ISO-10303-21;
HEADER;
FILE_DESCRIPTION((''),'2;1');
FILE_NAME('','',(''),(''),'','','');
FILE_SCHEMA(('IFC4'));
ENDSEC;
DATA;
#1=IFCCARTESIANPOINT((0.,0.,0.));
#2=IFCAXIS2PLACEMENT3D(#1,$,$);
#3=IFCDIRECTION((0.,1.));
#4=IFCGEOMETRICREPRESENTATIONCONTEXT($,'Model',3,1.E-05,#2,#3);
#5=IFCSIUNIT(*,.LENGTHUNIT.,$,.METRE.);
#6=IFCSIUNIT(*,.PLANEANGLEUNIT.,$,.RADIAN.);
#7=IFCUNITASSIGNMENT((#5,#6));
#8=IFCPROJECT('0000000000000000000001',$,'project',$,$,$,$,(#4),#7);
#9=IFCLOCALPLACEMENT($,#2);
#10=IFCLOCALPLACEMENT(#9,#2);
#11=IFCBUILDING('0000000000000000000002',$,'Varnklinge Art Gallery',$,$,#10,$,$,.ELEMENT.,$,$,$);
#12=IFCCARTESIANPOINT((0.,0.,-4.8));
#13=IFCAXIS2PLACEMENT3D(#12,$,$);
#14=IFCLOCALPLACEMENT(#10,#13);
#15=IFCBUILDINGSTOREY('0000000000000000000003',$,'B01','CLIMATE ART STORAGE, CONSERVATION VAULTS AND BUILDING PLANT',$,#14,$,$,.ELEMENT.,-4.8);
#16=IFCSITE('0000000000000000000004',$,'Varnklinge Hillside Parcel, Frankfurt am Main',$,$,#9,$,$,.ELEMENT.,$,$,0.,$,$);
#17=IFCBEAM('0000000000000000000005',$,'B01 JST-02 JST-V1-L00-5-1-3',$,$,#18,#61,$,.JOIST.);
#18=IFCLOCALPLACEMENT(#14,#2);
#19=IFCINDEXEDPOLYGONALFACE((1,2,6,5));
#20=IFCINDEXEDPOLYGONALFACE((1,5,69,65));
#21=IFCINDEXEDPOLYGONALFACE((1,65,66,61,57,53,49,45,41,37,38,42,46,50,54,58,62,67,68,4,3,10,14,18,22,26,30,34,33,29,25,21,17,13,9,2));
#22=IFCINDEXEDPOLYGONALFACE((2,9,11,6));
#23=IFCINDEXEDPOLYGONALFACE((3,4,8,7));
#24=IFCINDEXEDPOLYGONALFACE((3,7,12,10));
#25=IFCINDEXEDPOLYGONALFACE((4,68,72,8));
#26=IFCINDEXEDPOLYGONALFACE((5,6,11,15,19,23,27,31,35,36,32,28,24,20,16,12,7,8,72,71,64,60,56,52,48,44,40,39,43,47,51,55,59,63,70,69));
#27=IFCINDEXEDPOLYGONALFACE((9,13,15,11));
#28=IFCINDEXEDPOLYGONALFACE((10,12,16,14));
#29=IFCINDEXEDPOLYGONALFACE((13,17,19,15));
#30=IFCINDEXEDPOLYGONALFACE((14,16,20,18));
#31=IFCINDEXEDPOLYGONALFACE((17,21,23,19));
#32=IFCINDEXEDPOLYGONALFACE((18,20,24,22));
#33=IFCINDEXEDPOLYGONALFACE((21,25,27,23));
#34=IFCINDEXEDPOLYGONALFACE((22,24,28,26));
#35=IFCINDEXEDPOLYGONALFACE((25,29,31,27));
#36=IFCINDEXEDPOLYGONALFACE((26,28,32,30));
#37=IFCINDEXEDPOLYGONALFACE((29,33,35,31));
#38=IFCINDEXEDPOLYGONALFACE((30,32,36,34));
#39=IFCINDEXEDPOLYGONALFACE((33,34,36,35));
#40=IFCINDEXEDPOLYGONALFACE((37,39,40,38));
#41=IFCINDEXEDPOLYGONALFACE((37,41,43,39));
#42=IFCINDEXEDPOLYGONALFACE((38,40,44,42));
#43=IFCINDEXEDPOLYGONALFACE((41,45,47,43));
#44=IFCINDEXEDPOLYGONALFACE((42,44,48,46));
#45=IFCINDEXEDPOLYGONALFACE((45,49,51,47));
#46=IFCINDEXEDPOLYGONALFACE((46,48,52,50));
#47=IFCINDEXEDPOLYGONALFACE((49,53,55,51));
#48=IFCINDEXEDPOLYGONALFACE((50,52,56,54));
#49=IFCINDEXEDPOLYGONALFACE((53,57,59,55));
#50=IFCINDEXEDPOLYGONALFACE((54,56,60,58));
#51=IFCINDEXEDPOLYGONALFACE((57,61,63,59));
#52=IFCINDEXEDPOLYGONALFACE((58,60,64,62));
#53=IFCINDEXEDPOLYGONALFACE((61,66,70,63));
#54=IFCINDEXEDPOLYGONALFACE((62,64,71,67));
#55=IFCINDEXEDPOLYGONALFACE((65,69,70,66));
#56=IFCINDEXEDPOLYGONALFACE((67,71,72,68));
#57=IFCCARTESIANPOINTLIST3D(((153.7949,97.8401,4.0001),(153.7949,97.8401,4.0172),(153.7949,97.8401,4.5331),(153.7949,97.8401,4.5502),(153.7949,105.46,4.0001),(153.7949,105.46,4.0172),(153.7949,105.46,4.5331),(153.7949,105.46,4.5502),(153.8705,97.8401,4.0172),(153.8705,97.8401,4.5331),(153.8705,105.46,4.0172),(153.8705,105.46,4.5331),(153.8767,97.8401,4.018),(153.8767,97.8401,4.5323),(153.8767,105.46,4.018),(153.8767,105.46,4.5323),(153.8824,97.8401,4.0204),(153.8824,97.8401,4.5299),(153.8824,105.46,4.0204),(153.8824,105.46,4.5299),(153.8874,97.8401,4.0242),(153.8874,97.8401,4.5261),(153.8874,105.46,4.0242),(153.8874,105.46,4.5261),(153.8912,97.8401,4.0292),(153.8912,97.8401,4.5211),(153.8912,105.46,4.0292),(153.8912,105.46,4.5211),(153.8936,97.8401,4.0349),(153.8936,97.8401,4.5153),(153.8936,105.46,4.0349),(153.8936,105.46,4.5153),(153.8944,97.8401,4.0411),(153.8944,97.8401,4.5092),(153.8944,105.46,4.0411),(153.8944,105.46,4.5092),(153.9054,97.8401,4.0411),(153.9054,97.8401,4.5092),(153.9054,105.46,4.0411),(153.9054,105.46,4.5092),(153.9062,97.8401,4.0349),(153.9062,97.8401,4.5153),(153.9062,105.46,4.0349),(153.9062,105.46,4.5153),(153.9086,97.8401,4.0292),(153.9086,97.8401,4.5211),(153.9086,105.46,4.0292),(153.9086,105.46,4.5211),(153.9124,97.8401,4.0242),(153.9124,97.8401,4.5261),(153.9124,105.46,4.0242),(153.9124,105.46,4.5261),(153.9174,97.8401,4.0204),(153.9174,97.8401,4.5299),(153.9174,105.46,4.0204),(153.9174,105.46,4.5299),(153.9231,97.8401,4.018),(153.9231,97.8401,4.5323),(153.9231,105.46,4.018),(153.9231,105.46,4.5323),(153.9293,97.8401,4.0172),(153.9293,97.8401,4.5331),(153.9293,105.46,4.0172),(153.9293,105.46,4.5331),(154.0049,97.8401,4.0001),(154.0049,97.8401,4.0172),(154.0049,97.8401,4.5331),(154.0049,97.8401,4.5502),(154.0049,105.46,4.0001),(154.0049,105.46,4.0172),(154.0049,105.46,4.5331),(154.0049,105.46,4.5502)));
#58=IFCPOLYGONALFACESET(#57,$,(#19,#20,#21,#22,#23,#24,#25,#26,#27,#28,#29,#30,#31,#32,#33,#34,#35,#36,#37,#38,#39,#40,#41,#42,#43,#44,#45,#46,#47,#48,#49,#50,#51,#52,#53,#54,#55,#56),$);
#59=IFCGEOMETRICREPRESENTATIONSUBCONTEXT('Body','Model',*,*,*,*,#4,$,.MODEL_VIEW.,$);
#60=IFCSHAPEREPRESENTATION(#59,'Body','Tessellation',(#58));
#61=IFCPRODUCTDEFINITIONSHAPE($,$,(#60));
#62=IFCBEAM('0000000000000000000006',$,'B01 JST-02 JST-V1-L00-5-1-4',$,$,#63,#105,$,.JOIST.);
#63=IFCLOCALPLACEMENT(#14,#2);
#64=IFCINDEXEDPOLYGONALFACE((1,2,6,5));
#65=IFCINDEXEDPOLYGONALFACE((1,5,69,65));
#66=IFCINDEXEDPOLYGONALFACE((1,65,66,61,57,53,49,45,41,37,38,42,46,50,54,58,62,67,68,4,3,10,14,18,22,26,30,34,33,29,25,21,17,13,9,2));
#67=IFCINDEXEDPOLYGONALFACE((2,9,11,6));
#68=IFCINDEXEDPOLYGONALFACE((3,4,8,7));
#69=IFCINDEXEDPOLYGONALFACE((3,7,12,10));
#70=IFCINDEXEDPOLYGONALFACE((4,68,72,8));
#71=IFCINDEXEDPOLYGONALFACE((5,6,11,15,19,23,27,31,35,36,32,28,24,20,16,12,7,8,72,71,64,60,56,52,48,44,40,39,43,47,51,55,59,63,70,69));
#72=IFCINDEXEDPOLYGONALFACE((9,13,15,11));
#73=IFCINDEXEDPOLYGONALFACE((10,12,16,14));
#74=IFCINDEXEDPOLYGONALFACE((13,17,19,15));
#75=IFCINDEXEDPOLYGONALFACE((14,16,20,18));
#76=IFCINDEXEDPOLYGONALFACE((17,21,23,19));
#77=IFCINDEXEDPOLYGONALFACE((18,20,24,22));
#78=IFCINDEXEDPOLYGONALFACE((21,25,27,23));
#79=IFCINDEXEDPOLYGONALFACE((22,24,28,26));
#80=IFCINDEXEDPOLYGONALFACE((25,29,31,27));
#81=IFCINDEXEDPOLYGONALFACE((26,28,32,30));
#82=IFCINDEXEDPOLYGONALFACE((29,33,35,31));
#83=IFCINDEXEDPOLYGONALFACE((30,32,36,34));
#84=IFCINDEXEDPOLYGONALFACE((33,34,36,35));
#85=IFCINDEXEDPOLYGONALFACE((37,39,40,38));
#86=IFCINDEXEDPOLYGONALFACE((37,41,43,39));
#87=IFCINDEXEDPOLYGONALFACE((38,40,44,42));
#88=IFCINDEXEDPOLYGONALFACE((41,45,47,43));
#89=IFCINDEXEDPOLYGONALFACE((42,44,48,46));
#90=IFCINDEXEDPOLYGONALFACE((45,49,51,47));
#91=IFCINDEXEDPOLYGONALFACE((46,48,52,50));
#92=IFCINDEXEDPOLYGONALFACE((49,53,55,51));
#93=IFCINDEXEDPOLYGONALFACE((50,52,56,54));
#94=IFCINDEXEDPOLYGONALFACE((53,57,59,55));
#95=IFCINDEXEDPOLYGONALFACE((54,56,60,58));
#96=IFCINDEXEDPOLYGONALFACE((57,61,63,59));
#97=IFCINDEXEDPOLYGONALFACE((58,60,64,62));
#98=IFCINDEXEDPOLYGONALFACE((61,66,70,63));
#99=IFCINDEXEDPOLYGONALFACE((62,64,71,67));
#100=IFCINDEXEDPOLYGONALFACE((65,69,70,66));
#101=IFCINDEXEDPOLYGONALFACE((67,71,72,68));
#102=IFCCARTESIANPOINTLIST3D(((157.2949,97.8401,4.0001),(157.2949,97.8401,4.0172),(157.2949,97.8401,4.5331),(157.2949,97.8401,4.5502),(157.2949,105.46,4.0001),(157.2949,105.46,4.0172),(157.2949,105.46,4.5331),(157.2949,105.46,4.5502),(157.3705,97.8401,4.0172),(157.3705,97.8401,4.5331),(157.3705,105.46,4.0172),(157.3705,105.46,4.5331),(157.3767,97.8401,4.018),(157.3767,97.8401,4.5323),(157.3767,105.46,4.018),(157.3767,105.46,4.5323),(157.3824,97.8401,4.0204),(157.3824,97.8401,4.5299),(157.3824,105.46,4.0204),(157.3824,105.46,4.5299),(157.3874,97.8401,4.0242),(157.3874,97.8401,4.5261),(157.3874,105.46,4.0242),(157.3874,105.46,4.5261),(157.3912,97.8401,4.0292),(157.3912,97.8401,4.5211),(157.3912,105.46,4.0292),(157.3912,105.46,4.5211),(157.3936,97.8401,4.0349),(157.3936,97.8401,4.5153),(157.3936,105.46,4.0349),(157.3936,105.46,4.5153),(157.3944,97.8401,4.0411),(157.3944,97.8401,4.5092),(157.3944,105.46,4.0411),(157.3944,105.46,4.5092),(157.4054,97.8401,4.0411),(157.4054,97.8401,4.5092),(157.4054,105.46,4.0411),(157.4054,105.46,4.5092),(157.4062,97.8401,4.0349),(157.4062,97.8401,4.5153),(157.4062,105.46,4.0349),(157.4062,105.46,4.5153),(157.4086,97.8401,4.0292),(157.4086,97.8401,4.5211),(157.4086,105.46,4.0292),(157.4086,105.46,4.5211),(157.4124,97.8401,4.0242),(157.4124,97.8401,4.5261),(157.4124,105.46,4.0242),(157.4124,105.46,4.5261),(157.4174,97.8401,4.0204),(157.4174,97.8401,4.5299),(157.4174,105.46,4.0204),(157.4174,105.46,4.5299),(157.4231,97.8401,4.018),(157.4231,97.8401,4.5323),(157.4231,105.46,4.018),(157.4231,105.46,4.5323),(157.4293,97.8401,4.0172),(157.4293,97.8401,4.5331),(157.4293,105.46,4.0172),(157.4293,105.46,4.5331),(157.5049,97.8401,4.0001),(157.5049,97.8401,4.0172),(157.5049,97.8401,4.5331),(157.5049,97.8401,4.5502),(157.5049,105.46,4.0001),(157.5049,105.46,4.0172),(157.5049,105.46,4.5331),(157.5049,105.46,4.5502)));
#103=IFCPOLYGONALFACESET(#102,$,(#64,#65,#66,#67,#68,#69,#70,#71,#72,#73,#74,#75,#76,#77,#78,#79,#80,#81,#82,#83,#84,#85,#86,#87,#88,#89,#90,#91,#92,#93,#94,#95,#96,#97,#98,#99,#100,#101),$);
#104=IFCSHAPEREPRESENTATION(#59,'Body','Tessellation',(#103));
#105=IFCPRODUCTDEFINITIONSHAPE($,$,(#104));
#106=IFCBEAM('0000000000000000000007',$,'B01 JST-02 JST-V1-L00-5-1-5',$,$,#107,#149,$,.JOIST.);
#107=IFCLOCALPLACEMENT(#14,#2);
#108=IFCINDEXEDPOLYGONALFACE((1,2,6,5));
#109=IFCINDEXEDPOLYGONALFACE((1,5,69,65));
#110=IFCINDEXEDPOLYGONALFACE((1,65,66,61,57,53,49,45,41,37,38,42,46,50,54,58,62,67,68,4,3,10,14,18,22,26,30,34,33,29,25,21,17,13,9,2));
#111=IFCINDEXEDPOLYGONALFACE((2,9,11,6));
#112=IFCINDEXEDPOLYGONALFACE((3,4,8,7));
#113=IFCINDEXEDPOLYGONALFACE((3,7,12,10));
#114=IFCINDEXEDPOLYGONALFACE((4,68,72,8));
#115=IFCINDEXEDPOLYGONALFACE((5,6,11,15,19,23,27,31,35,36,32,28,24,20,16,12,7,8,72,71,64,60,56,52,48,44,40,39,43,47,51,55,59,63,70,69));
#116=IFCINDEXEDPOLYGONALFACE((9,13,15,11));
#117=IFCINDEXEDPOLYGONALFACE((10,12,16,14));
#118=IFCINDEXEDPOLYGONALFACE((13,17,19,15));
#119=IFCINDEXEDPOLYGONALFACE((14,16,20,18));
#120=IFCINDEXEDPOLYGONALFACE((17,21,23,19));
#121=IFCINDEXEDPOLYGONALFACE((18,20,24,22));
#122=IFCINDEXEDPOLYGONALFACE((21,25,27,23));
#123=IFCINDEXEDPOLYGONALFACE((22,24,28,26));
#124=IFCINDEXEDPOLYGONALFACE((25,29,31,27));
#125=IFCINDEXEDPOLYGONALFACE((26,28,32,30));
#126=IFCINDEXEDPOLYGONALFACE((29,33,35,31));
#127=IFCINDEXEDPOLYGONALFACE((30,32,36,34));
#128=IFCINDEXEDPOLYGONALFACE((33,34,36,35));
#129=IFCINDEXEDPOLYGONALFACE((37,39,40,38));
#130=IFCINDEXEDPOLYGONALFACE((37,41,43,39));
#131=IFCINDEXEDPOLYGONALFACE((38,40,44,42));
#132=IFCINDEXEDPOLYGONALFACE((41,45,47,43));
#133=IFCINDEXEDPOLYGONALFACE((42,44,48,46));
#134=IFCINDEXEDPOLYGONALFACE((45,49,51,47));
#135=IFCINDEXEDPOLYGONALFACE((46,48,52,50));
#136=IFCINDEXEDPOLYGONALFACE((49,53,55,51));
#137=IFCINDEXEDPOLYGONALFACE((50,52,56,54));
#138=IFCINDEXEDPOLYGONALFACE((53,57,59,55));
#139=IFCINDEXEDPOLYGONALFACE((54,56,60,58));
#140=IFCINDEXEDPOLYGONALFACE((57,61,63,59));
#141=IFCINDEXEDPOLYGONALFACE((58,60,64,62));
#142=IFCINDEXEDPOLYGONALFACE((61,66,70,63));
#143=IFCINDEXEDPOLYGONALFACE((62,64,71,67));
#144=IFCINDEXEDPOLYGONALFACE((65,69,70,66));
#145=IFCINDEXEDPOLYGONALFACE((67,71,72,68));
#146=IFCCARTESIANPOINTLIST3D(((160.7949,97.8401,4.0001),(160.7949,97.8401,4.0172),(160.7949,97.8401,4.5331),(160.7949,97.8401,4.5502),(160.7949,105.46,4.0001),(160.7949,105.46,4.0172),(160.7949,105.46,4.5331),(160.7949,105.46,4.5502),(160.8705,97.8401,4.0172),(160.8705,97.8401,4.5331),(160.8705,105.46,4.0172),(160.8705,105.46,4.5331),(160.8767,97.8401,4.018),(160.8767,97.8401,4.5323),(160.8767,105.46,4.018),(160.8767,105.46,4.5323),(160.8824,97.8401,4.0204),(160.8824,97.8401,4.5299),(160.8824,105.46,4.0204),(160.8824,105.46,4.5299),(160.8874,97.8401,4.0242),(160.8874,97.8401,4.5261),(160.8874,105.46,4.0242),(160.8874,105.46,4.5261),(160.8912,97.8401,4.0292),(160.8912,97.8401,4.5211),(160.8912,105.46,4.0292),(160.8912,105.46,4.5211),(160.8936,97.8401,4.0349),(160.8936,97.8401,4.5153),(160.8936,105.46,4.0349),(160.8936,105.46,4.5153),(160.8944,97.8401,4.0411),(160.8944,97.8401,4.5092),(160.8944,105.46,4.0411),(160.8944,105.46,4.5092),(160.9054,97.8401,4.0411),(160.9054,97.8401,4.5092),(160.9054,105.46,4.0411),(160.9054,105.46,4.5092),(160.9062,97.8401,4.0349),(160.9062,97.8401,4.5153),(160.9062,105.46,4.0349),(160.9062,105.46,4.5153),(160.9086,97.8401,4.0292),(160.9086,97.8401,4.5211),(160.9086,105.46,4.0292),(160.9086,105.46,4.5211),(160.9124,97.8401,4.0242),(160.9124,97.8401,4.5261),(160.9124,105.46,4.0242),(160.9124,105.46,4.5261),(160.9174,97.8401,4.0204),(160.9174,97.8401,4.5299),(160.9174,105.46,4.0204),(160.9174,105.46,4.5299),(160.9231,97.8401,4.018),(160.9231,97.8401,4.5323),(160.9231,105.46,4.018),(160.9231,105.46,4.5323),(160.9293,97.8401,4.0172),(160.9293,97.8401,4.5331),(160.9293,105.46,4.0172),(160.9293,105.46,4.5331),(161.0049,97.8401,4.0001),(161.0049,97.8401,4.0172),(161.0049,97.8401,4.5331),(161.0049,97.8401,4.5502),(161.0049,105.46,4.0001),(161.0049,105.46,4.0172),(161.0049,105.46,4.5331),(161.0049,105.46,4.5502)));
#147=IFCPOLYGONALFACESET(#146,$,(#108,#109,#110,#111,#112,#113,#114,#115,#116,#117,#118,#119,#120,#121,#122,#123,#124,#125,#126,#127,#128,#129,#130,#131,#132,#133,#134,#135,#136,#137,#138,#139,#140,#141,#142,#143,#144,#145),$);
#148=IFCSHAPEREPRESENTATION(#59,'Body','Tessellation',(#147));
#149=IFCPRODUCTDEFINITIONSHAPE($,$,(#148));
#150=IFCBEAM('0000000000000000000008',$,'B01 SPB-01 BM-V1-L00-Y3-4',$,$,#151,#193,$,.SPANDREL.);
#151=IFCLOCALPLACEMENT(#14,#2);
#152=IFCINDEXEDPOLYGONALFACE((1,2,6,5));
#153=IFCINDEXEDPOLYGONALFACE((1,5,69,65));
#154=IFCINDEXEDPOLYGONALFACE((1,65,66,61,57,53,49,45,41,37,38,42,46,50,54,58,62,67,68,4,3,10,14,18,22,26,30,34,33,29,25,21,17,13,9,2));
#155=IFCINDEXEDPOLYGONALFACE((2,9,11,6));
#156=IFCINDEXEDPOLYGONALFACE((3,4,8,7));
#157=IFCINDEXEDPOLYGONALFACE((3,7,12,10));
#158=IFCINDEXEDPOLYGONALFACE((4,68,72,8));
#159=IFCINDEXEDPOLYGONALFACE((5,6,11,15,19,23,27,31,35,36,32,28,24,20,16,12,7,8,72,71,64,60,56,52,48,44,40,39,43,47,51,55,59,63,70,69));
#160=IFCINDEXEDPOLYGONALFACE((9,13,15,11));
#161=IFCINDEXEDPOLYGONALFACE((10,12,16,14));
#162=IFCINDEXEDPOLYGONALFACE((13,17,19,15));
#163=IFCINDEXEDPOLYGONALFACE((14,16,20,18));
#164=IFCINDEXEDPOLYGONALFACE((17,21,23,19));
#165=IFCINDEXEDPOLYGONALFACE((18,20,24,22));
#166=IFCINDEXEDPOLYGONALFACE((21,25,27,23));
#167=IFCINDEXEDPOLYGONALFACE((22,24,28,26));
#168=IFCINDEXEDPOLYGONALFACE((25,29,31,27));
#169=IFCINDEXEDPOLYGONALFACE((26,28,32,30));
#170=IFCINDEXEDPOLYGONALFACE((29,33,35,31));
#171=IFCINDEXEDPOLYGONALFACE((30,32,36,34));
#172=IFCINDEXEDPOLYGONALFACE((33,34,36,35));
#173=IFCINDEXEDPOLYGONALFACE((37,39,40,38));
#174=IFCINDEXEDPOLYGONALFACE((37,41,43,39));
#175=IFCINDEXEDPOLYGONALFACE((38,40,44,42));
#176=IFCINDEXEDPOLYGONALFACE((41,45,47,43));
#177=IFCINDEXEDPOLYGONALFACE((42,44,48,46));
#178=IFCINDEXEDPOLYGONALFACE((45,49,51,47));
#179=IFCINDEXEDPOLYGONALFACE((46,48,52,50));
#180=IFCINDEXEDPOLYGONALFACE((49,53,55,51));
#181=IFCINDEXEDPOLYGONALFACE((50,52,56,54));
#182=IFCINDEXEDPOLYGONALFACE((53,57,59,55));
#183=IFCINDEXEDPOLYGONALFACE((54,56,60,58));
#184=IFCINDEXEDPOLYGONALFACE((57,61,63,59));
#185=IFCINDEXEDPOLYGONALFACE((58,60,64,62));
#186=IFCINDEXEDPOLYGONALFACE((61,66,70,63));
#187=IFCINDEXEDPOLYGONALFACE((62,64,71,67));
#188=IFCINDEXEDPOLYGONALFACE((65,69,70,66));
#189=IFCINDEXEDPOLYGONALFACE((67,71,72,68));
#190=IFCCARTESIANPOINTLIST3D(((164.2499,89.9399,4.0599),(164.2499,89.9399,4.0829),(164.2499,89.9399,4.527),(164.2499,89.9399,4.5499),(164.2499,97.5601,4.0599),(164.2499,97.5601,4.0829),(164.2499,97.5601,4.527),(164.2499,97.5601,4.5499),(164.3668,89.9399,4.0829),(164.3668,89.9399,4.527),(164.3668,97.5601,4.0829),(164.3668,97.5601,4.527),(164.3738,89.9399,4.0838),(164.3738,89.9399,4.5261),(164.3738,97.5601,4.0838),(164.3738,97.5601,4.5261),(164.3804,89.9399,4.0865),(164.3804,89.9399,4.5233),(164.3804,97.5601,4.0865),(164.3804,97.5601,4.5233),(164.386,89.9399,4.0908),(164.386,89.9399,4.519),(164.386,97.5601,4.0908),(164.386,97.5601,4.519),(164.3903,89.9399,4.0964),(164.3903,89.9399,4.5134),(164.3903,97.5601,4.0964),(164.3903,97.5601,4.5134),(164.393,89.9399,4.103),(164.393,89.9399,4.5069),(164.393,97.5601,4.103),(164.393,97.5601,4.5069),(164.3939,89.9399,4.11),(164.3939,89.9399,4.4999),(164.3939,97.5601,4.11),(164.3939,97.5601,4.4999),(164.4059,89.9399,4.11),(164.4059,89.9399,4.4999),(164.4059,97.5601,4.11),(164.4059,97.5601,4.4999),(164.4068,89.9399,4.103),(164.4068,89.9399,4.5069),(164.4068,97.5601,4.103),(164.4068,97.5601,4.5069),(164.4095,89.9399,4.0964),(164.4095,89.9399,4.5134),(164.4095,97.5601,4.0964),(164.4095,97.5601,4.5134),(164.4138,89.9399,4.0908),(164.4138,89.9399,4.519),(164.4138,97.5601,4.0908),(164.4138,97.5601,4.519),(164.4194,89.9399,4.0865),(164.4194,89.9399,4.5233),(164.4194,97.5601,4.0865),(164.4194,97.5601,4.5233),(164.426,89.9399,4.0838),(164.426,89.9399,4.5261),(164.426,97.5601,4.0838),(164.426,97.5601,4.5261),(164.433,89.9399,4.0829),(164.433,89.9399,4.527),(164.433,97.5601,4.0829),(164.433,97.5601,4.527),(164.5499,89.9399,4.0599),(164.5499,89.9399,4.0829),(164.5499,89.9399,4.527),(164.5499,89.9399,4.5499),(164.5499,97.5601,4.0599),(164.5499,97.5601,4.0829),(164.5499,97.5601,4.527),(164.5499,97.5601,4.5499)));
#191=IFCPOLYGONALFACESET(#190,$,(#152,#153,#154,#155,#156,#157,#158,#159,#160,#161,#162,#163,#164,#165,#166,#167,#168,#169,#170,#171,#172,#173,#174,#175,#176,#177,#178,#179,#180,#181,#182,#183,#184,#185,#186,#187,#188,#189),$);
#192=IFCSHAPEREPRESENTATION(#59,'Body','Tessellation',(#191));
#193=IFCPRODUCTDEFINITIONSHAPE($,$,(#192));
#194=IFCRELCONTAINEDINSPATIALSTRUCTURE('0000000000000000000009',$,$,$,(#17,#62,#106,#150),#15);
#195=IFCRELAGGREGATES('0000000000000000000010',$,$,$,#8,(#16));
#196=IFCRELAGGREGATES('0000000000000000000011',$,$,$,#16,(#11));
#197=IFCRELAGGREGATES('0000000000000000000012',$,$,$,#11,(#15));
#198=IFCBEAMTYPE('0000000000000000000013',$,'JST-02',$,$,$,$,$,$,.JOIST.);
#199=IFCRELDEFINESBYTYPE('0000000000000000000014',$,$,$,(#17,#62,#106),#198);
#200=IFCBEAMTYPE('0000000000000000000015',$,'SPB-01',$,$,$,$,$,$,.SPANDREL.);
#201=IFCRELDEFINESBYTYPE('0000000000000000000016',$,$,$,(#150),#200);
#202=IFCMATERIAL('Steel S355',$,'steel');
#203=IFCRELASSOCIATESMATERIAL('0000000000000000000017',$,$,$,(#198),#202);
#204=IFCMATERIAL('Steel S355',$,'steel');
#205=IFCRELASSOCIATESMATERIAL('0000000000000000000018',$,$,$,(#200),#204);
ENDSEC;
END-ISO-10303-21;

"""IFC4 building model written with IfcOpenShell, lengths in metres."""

from ifc_helpers import new_model, si_unit, direction, frame, origin, origin_2d, place, context, subcontext, project, spatial, i_section, extrude, material, material_profile, profile_set, type_object, element, save


model = new_model("IFC4")

# Units and contexts
model_context = context("Model", 3, precision=1e-05, world=origin(), true_north=direction((0.0, 1.0)))
body_context = subcontext(model_context, "Body", "Model", "MODEL_VIEW")
ifc_project = project(units=[si_unit("LENGTHUNIT", "METRE"), si_unit("PLANEANGLEUNIT", "RADIAN")], contexts=[model_context])

# Site, building, storey
site_placement = place(None, origin())
site = spatial("IfcSite", under=ifc_project, at=site_placement, Name="Varnklinge Hillside Parcel, Frankfurt am Main", CompositionType="ELEMENT", RefElevation=0.0)
building_placement = place(site_placement, origin())
building = spatial("IfcBuilding", under=site, at=building_placement, Name="Varnklinge Art Gallery", CompositionType="ELEMENT")
storey_placement = place(building_placement, frame((0.0, 0.0, -4.8)))
storey = spatial("IfcBuildingStorey", under=building, at=storey_placement, Name="B01", Description="CLIMATE ART STORAGE, CONSERVATION VAULTS AND BUILDING PLANT", CompositionType="ELEMENT", Elevation=-4.8)

# Beams
ifc_material_1 = material(Name="Steel S355", Category="steel")
ifc_material_profile_1 = material_profile(ifc_material_1, i_section(OverallWidth=0.21, OverallDepth=0.55, WebThickness=0.011, FlangeThickness=0.0171, FilletRadius=0.0239, at=origin_2d()), Name="IPE 550")
ifc_profile_set_1 = profile_set([ifc_material_profile_1], Name="Steel S355")
beam_type_1 = type_object("IfcBeamType", Name="JST-02", PredefinedType="JOIST", material=ifc_profile_set_1)
for number, where, z_axis, x_axis, name in (
    (1, (153.8999, 97.8401, 4.2751), (0.0, 1.0, 0.0), (-1.0, 0.0, 0.0), "B01 JST-02 JST-V1-L00-5-1-3"),
    (2, (157.3999, 97.8401, 4.2751), (0.0, 1.0, 0.0), (-1.0, 0.0, 0.0), "B01 JST-02 JST-V1-L00-5-1-4"),
    (3, (160.8999, 97.8401, 4.2751), (0.0, 1.0, 0.0), (-1.0, 0.0, 0.0), "B01 JST-02 JST-V1-L00-5-1-5"),
):
    element("IfcBeam", number, at=place(storey_placement, frame(where, z_axis=z_axis, x_axis=x_axis)), inside=storey, type_object=beam_type_1, Name=name, PredefinedType="JOIST", context=body_context, shape_type="SweptSolid", body=[
        extrude(i_section(OverallWidth=0.21, OverallDepth=0.55, WebThickness=0.011, FlangeThickness=0.0171, FilletRadius=0.0239, at=origin_2d()), origin(), (0.0, 0.0, 1.0), 7.6199),
    ])
ifc_material_2 = material(Name="Steel S355", Category="steel")
ifc_material_profile_2 = material_profile(ifc_material_2, i_section(OverallWidth=0.3, OverallDepth=0.49, WebThickness=0.012, FlangeThickness=0.0229, FilletRadius=0.0271, at=origin_2d()), Name="HEA 500")
ifc_profile_set_2 = profile_set([ifc_material_profile_2], Name="Steel S355")
beam_type_2 = type_object("IfcBeamType", Name="SPB-01", PredefinedType="SPANDREL", material=ifc_profile_set_2)
beam_1_placement = place(storey_placement, frame((164.3999, 89.9399, 4.3049), z_axis=(0.0, 1.0, 0.0), x_axis=(-1.0, 0.0, 0.0)))
element("IfcBeam", 4, at=beam_1_placement, inside=storey, type_object=beam_type_2, Name="B01 SPB-01 BM-V1-L00-Y3-4", PredefinedType="SPANDREL", context=body_context, shape_type="SweptSolid", body=[
    extrude(i_section(OverallWidth=0.3, OverallDepth=0.49, WebThickness=0.012, FlangeThickness=0.0229, FilletRadius=0.0271, at=origin_2d()), origin(), (0.0, 0.0, 1.0), 7.6201),
])

save(model, "model.ifc")
